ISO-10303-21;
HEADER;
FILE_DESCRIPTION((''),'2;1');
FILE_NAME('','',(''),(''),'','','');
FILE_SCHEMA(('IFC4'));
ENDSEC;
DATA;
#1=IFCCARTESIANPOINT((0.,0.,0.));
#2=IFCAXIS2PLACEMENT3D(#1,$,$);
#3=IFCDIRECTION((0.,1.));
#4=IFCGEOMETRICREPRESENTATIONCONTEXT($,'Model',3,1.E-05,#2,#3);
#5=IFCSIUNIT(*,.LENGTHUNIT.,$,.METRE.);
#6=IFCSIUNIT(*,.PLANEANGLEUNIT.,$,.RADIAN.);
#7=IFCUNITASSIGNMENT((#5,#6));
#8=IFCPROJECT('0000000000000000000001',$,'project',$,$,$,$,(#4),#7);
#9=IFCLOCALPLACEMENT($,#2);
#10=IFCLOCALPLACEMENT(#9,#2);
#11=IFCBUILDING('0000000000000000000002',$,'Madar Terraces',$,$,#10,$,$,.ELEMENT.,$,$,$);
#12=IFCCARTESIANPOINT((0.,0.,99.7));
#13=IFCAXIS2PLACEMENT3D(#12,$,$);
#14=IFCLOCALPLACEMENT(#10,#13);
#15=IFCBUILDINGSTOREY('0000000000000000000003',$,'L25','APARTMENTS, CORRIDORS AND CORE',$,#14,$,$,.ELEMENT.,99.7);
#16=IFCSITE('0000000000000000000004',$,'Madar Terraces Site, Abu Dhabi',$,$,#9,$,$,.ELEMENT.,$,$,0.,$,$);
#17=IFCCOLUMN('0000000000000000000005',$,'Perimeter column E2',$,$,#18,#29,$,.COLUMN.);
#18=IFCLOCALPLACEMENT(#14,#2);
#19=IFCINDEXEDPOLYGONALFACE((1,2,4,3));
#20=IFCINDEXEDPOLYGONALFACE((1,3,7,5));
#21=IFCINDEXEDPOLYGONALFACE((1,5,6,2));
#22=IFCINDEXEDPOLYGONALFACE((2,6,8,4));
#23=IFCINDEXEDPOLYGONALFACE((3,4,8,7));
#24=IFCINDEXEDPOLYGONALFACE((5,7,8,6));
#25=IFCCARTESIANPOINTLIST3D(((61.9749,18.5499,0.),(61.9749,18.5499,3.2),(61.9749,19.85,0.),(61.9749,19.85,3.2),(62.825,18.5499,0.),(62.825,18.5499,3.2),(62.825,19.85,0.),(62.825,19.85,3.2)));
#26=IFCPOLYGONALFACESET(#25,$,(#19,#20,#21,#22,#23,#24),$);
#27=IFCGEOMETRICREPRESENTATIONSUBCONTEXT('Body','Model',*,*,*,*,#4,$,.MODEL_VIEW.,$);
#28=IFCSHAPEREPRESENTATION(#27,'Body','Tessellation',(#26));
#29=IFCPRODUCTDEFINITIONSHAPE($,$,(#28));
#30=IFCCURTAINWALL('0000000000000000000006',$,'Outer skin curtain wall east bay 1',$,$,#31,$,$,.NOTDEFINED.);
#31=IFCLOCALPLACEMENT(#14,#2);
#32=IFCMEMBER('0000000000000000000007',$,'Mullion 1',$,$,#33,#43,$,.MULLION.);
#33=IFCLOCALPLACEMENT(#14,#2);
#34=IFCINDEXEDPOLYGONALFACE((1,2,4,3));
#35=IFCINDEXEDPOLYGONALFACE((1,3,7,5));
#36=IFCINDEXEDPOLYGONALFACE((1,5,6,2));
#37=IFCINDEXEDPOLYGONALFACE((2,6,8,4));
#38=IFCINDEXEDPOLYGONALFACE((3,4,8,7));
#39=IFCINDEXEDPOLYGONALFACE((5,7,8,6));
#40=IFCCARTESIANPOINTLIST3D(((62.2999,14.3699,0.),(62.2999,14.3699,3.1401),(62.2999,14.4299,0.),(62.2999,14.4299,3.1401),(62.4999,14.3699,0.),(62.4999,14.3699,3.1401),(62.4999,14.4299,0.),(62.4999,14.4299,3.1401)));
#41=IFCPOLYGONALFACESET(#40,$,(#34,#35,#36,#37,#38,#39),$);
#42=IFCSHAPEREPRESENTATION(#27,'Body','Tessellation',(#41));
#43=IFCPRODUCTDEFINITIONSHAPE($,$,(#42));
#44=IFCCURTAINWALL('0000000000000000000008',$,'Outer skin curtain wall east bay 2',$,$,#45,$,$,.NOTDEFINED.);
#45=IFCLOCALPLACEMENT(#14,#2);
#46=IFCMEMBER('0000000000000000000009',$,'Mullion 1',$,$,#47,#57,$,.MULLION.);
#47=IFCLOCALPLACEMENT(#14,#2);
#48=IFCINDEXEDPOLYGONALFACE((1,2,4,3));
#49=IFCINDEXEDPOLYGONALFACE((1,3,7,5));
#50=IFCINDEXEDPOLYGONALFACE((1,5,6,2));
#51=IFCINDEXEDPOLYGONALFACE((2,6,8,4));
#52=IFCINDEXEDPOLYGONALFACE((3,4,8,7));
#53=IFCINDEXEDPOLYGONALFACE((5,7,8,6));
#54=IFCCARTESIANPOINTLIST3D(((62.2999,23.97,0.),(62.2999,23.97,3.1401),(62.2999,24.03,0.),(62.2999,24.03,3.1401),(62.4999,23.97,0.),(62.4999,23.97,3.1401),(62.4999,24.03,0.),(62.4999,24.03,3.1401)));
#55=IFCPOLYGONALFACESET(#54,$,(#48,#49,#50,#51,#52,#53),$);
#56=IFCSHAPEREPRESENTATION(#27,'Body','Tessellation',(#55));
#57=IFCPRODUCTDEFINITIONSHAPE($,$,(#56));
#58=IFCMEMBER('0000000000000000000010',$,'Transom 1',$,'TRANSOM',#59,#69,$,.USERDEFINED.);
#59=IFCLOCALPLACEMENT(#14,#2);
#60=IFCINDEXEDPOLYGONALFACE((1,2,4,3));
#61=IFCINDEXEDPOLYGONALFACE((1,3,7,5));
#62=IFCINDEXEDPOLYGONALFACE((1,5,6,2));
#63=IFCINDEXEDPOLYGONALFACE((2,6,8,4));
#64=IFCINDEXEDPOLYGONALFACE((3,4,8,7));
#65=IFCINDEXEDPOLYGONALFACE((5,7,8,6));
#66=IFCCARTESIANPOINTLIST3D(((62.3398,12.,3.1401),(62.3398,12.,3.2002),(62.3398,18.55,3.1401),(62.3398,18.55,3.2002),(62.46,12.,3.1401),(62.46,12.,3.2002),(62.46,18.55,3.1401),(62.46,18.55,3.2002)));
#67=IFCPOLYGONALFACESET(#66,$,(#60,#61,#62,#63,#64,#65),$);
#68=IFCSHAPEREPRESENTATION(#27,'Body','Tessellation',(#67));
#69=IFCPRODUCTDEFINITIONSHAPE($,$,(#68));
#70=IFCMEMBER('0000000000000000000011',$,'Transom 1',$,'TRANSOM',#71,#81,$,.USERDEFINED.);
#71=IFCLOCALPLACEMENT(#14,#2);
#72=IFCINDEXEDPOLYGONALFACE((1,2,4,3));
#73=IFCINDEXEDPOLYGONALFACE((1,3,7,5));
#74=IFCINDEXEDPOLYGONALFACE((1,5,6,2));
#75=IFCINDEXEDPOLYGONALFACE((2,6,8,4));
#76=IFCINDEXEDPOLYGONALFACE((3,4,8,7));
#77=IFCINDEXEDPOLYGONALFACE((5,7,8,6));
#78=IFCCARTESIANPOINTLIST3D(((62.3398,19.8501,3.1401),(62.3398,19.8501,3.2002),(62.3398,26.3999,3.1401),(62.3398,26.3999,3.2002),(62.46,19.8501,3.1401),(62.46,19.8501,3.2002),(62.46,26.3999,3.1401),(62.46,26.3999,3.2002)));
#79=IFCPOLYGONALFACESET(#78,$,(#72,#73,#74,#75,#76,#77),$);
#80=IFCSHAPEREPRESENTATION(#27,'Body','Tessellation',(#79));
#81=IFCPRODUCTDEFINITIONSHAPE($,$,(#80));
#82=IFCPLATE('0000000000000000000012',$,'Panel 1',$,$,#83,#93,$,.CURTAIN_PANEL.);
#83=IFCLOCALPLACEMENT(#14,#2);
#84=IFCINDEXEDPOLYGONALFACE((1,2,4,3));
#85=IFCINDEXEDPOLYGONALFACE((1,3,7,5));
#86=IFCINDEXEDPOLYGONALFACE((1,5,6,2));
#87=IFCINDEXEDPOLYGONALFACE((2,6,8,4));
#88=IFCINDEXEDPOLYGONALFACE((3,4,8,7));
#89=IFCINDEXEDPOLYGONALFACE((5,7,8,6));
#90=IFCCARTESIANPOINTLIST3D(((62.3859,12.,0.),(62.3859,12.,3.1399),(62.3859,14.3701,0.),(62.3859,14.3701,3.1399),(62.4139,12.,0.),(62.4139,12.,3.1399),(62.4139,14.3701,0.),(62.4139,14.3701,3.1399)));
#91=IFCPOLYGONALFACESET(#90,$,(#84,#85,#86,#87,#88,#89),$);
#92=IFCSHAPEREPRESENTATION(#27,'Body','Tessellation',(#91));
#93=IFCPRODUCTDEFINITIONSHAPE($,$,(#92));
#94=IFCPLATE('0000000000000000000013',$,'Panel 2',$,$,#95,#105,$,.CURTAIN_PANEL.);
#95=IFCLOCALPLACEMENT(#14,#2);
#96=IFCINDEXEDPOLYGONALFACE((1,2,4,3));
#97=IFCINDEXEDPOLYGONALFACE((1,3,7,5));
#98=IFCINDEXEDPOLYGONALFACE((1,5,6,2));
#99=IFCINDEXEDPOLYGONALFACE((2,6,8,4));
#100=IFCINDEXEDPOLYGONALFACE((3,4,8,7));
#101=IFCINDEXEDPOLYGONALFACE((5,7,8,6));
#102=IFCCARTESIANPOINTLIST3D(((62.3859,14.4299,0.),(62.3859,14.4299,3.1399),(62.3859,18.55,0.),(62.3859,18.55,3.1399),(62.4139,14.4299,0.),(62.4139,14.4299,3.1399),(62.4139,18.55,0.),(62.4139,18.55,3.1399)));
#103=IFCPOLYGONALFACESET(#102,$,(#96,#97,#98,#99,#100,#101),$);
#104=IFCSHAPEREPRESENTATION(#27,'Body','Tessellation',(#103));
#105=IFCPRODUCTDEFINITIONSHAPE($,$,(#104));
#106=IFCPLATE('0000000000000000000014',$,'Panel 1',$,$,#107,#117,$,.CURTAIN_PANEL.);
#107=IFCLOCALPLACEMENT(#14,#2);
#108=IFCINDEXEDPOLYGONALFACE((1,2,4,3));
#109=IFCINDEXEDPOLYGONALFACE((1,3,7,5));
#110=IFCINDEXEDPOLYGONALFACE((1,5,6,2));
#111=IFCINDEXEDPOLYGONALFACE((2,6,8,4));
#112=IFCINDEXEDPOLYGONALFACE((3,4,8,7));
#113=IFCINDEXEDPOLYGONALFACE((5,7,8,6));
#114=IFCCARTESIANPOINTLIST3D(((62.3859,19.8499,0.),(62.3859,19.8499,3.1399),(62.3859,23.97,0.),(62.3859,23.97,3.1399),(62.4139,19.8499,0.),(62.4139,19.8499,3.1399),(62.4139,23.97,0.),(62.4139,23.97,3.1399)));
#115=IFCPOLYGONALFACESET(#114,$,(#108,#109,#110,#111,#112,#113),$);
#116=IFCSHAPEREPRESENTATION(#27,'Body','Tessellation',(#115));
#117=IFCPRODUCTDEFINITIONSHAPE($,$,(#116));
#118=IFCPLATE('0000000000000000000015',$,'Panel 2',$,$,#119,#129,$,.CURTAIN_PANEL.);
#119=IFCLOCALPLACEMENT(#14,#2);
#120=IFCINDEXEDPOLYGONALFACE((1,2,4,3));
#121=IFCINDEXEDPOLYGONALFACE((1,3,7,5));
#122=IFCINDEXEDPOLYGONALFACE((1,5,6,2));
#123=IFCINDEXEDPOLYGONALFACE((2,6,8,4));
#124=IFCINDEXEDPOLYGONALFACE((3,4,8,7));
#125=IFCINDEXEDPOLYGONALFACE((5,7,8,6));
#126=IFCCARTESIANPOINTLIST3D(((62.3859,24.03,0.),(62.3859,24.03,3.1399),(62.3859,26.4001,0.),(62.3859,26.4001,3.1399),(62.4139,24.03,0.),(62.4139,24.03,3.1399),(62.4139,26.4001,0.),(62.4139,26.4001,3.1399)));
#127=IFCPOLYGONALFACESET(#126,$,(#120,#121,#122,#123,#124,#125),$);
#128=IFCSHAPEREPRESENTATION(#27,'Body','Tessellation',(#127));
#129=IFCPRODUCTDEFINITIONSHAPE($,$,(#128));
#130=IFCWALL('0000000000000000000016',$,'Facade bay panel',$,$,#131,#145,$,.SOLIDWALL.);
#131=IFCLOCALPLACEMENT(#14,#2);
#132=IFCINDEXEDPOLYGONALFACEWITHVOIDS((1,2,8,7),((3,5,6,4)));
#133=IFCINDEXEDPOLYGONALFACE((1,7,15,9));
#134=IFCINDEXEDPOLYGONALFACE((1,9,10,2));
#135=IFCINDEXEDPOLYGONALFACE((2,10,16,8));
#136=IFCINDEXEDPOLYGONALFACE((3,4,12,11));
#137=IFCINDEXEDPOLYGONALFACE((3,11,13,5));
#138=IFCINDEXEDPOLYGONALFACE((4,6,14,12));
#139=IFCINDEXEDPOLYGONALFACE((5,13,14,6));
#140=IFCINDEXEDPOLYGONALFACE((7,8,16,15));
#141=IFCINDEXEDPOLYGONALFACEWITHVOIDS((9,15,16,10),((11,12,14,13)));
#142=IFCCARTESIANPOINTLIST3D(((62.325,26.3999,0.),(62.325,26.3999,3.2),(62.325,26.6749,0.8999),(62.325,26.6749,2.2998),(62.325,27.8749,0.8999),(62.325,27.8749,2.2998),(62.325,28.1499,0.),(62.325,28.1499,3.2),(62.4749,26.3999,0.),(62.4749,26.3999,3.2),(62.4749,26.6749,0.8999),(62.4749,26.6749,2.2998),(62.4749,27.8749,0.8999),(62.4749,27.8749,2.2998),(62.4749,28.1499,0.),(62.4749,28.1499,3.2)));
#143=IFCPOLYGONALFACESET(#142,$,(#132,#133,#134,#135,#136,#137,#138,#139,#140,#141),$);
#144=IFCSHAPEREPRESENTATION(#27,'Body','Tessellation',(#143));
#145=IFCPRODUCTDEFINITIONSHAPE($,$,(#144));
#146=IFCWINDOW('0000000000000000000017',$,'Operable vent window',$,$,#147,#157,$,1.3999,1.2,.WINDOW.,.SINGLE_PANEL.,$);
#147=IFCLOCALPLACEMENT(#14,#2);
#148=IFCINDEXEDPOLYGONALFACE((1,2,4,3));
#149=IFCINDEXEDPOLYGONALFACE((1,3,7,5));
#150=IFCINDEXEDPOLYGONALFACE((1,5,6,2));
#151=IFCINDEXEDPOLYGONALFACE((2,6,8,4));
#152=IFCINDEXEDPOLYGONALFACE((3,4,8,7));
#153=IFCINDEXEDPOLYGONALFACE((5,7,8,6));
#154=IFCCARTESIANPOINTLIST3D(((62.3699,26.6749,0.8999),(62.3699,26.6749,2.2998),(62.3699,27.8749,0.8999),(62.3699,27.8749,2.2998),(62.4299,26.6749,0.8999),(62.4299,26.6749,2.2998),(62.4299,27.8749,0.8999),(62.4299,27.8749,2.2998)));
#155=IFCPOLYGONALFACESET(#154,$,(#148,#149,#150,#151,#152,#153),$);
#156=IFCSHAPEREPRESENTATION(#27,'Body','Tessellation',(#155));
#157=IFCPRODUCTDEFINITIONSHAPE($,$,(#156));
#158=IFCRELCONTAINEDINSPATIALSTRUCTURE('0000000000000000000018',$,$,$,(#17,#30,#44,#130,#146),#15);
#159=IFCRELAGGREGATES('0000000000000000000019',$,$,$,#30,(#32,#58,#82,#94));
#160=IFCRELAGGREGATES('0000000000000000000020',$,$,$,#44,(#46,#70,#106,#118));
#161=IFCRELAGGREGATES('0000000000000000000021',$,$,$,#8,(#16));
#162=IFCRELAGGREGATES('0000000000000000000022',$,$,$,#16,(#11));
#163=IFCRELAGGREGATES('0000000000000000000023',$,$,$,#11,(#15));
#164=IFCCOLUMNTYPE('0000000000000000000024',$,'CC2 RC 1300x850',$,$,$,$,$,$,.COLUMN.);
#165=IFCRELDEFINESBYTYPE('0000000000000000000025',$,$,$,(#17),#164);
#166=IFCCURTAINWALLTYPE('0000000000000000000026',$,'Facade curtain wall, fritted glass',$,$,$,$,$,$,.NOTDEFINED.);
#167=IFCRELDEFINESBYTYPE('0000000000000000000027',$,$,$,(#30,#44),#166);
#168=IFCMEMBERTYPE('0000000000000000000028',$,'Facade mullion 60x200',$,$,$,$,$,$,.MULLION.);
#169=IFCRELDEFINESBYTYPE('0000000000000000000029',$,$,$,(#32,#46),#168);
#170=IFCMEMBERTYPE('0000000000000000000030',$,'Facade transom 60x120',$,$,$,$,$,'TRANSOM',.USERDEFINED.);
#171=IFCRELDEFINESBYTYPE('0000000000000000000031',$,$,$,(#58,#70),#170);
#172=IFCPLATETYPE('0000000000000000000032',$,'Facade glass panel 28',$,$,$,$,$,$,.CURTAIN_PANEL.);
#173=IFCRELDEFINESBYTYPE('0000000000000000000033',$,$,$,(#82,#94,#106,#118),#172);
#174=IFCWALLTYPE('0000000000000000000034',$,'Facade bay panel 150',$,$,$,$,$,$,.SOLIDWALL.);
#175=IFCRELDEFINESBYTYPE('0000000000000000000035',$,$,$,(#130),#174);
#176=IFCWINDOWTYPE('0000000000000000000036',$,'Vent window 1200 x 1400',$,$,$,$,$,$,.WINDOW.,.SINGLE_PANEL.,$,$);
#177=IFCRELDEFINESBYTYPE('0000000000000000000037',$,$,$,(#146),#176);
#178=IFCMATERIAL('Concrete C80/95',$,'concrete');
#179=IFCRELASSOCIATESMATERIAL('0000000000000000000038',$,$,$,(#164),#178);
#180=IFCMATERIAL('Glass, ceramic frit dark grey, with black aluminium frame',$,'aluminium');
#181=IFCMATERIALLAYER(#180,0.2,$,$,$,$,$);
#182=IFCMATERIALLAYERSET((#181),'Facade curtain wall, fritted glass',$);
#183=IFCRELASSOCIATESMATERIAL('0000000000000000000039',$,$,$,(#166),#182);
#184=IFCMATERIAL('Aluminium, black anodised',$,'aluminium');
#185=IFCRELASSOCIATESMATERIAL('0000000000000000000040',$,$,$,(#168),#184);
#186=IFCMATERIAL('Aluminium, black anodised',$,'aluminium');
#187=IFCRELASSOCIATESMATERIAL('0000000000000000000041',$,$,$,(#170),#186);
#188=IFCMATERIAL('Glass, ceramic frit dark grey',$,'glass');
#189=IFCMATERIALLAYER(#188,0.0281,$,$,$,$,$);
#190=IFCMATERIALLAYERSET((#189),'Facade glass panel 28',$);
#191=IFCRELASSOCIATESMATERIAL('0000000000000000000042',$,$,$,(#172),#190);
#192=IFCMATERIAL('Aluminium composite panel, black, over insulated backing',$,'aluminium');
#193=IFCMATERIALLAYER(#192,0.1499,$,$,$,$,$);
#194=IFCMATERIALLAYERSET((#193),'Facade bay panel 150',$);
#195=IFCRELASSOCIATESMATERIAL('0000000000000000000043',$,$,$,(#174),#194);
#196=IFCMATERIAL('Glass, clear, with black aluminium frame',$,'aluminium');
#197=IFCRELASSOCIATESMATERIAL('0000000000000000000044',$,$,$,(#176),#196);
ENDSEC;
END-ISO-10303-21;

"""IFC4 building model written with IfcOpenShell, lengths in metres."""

from ifc_helpers import new_model, si_unit, direction, frame, frame_2d, origin, origin_2d, place, context, subcontext, project, spatial, rectangle, extrude, material, layer, layer_set, material_profile, profile_set, type_object, element, fill, aggregate, save


model = new_model("IFC4")

# Units and contexts
model_context = context("Model", 3, precision=1e-05, world=origin(), true_north=direction((0.0, 1.0)))
body_context = subcontext(model_context, "Body", "Model", "MODEL_VIEW")
ifc_project = project(units=[si_unit("LENGTHUNIT", "METRE"), si_unit("PLANEANGLEUNIT", "RADIAN")], contexts=[model_context])

# Site, building, storey
site_placement = place(None, origin())
site = spatial("IfcSite", under=ifc_project, at=site_placement, Name="Madar Terraces Site, Abu Dhabi", CompositionType="ELEMENT", RefElevation=0.0)
building_placement = place(site_placement, origin())
building = spatial("IfcBuilding", under=site, at=building_placement, Name="Madar Terraces", CompositionType="ELEMENT")
storey_placement = place(building_placement, frame((0.0, 0.0, 99.7)))
storey = spatial("IfcBuildingStorey", under=building, at=storey_placement, Name="L25", Description="APARTMENTS, CORRIDORS AND CORE", CompositionType="ELEMENT", Elevation=99.7)

# Column
ifc_material_1 = material(Name="Concrete C80/95", Category="concrete")
ifc_material_profile_1 = material_profile(ifc_material_1, rectangle(XDim=1.3, YDim=0.8501, at=origin_2d()), Name="CC2 RC 1300x850")
ifc_profile_set_1 = profile_set([ifc_material_profile_1], Name="Concrete C80/95")
column_type = type_object("IfcColumnType", Name="CC2 RC 1300x850", PredefinedType="COLUMN", material=ifc_profile_set_1)
column_placement = place(storey_placement, frame((62.3999, 19.2, 0.0), z_axis=(0.0, 0.0, 1.0), x_axis=(0.0, 1.0, 0.0)))
element("IfcColumn", 1, at=column_placement, inside=storey, type_object=column_type, Name="Perimeter column E2", PredefinedType="COLUMN", context=body_context, shape_type="SweptSolid", body=[
    extrude(rectangle(XDim=1.3, YDim=0.8501, at=origin_2d()), origin(), (0.0, 0.0, 1.0), 3.2),
])

# Curtain walls, members
ifc_material_2 = material(Name="Glass, ceramic frit dark grey, with black aluminium frame", Category="aluminium")
ifc_layer_1 = layer(ifc_material_2, 0.2)
ifc_layer_set_1 = layer_set([ifc_layer_1], Name="Facade curtain wall, fritted glass")
curtain_wall_type = type_object("IfcCurtainWallType", Name="Facade curtain wall, fritted glass", PredefinedType="NOTDEFINED", material=ifc_layer_set_1)
curtain_wall_1_placement = place(storey_placement, origin())
curtain_wall_1 = element("IfcCurtainWall", 2, at=curtain_wall_1_placement, inside=storey, type_object=curtain_wall_type, Name="Outer skin curtain wall east bay 1", PredefinedType="NOTDEFINED")
ifc_material_3 = material(Name="Aluminium, black anodised", Category="aluminium")
ifc_material_profile_2 = material_profile(ifc_material_3, rectangle(XDim=0.2, YDim=0.0601, at=origin_2d()), Name="Facade mullion 60x200")
ifc_profile_set_2 = profile_set([ifc_material_profile_2], Name="Aluminium, black anodised")
member_type_1 = type_object("IfcMemberType", Name="Facade mullion 60x200", PredefinedType="MULLION", material=ifc_profile_set_2)
member_1_placement = place(storey_placement, frame((62.3999, 14.3999, 0.0), z_axis=(0.0, 0.0, 1.0), x_axis=(-1.0, 0.0, 0.0)))
member_1 = element("IfcMember", 3, at=member_1_placement, type_object=member_type_1, Name="Mullion 1", PredefinedType="MULLION", context=body_context, shape_type="SweptSolid", body=[
    extrude(rectangle(XDim=0.2, YDim=0.0601, at=origin_2d()), origin(), (0.0, 0.0, 1.0), 3.1401),
])
curtain_wall_2_placement = place(storey_placement, origin())
curtain_wall_2 = element("IfcCurtainWall", 4, at=curtain_wall_2_placement, inside=storey, type_object=curtain_wall_type, Name="Outer skin curtain wall east bay 2", PredefinedType="NOTDEFINED")
member_2_placement = place(storey_placement, frame((62.3999, 24.0, 0.0), z_axis=(0.0, 0.0, 1.0), x_axis=(-1.0, 0.0, 0.0)))
member_2 = element("IfcMember", 5, at=member_2_placement, type_object=member_type_1, Name="Mullion 1", PredefinedType="MULLION", context=body_context, shape_type="SweptSolid", body=[
    extrude(rectangle(XDim=0.2, YDim=0.0601, at=origin_2d()), origin(), (0.0, 0.0, 1.0), 3.1401),
])

# Members
ifc_material_4 = material(Name="Aluminium, black anodised", Category="aluminium")
ifc_material_profile_3 = material_profile(ifc_material_4, rectangle(XDim=0.1201, YDim=0.0601, at=origin_2d()), Name="Facade transom 60x120")
ifc_profile_set_3 = profile_set([ifc_material_profile_3], Name="Aluminium, black anodised")
member_type_2 = type_object("IfcMemberType", Name="Facade transom 60x120", ElementType="TRANSOM", PredefinedType="USERDEFINED", material=ifc_profile_set_3)
member_3_placement = place(storey_placement, frame((62.3999, 12.0, 3.1702), z_axis=(0.0, 1.0, 0.0), x_axis=(-1.0, 0.0, 0.0)))
member_3 = element("IfcMember", 6, at=member_3_placement, type_object=member_type_2, Name="Transom 1", ObjectType="TRANSOM", PredefinedType="USERDEFINED", context=body_context, shape_type="SweptSolid", body=[
    extrude(rectangle(XDim=0.1201, YDim=0.0601, at=origin_2d()), origin(), (0.0, 0.0, 1.0), 6.55),
])
member_4_placement = place(storey_placement, frame((62.3999, 19.8501, 3.1702), z_axis=(0.0, 1.0, 0.0), x_axis=(-1.0, 0.0, 0.0)))
member_4 = element("IfcMember", 7, at=member_4_placement, type_object=member_type_2, Name="Transom 1", ObjectType="TRANSOM", PredefinedType="USERDEFINED", context=body_context, shape_type="SweptSolid", body=[
    extrude(rectangle(XDim=0.1201, YDim=0.0601, at=origin_2d()), origin(), (0.0, 0.0, 1.0), 6.5498),
])

# Plates
ifc_material_5 = material(Name="Glass, ceramic frit dark grey", Category="glass")
ifc_layer_2 = layer(ifc_material_5, 0.0281)
ifc_layer_set_2 = layer_set([ifc_layer_2], Name="Facade glass panel 28")
plate_type = type_object("IfcPlateType", Name="Facade glass panel 28", PredefinedType="CURTAIN_PANEL", material=ifc_layer_set_2)
plate_1_placement = place(storey_placement, frame((62.3999, 13.1851, 0.0), z_axis=(0.0, 0.0, 1.0), x_axis=(0.0, 1.0, 0.0)))
plate_1 = element("IfcPlate", 8, at=plate_1_placement, type_object=plate_type, Name="Panel 1", PredefinedType="CURTAIN_PANEL", context=body_context, shape_type="SweptSolid", body=[
    extrude(rectangle(XDim=2.3701, YDim=0.0281, at=origin_2d()), origin(), (0.0, 0.0, 1.0), 3.1399),
])
plate_2_placement = place(storey_placement, frame((62.3999, 16.49, 0.0), z_axis=(0.0, 0.0, 1.0), x_axis=(0.0, 1.0, 0.0)))
plate_2 = element("IfcPlate", 9, at=plate_2_placement, type_object=plate_type, Name="Panel 2", PredefinedType="CURTAIN_PANEL", context=body_context, shape_type="SweptSolid", body=[
    extrude(rectangle(XDim=4.1201, YDim=0.0281, at=origin_2d()), origin(), (0.0, 0.0, 1.0), 3.1399),
])
aggregate(curtain_wall_1, [member_1, member_3, plate_1, plate_2])
plate_3_placement = place(storey_placement, frame((62.3999, 21.9099, 0.0), z_axis=(0.0, 0.0, 1.0), x_axis=(0.0, 1.0, 0.0)))
plate_3 = element("IfcPlate", 10, at=plate_3_placement, type_object=plate_type, Name="Panel 1", PredefinedType="CURTAIN_PANEL", context=body_context, shape_type="SweptSolid", body=[
    extrude(rectangle(XDim=4.1201, YDim=0.0281, at=origin_2d()), origin(), (0.0, 0.0, 1.0), 3.1399),
])
plate_4_placement = place(storey_placement, frame((62.3999, 25.2151, 0.0), z_axis=(0.0, 0.0, 1.0), x_axis=(0.0, 1.0, 0.0)))
plate_4 = element("IfcPlate", 11, at=plate_4_placement, type_object=plate_type, Name="Panel 2", PredefinedType="CURTAIN_PANEL", context=body_context, shape_type="SweptSolid", body=[
    extrude(rectangle(XDim=2.3701, YDim=0.0281, at=origin_2d()), origin(), (0.0, 0.0, 1.0), 3.1399),
])
aggregate(curtain_wall_2, [member_2, member_4, plate_3, plate_4])

# Wall, opening, window
ifc_material_6 = material(Name="Aluminium composite panel, black, over insulated backing", Category="aluminium")
ifc_layer_3 = layer(ifc_material_6, 0.1499)
ifc_layer_set_3 = layer_set([ifc_layer_3], Name="Facade bay panel 150")
wall_type_1 = type_object("IfcWallType", Name="Facade bay panel 150", PredefinedType="SOLIDWALL", material=ifc_layer_set_3)
wall_1_placement = place(storey_placement, frame((62.3999, 26.3999, 0.0), z_axis=(0.0, 0.0, 1.0), x_axis=(0.0, 1.0, 0.0)))
wall_1 = element("IfcWall", 12, at=wall_1_placement, inside=storey, type_object=wall_type_1, Name="Facade bay panel", PredefinedType="SOLIDWALL", context=body_context, shape_type="SweptSolid", body=[
    extrude(rectangle(XDim=1.75, YDim=0.1499, at=frame_2d((0.875, 0.0))), origin(), (0.0, 0.0, 1.0), 3.2),
])
opening_1_placement = place(wall_1_placement, frame((0.2749, 0.0, 0.8999)))
opening_1 = element("IfcOpeningElement", 13, at=opening_1_placement, cuts=wall_1, PredefinedType="OPENING", context=body_context, shape_type="SweptSolid", body=[
    extrude(rectangle(XDim=1.2, YDim=1.3999, at=frame_2d((0.6001, 0.7))), frame((0.0, 0.085, 0.0), z_axis=(0.0, -1.0, 0.0), x_axis=(1.0, 0.0, 0.0)), (0.0, 0.0, 1.0), 0.1699),
])
ifc_material_7 = material(Name="Glass, clear, with black aluminium frame", Category="aluminium")
window_type = type_object("IfcWindowType", Name="Vent window 1200 x 1400", PartitioningType="SINGLE_PANEL", PredefinedType="WINDOW", material=ifc_material_7)
window_placement = place(opening_1_placement, origin())
window = element("IfcWindow", 14, at=window_placement, inside=storey, type_object=window_type, Name="Operable vent window", OverallHeight=1.3999, OverallWidth=1.2, PartitioningType="SINGLE_PANEL", PredefinedType="WINDOW", context=body_context, shape_type="SweptSolid", body=[
    extrude(rectangle(XDim=1.2, YDim=1.3999, at=frame_2d((0.6001, 0.7))), frame((0.0, 0.03, 0.0), z_axis=(0.0, -1.0, 0.0), x_axis=(1.0, 0.0, 0.0)), (0.0, 0.0, 1.0), 0.0601),
])
fill(opening_1, window)

save(model, "model.ifc")
